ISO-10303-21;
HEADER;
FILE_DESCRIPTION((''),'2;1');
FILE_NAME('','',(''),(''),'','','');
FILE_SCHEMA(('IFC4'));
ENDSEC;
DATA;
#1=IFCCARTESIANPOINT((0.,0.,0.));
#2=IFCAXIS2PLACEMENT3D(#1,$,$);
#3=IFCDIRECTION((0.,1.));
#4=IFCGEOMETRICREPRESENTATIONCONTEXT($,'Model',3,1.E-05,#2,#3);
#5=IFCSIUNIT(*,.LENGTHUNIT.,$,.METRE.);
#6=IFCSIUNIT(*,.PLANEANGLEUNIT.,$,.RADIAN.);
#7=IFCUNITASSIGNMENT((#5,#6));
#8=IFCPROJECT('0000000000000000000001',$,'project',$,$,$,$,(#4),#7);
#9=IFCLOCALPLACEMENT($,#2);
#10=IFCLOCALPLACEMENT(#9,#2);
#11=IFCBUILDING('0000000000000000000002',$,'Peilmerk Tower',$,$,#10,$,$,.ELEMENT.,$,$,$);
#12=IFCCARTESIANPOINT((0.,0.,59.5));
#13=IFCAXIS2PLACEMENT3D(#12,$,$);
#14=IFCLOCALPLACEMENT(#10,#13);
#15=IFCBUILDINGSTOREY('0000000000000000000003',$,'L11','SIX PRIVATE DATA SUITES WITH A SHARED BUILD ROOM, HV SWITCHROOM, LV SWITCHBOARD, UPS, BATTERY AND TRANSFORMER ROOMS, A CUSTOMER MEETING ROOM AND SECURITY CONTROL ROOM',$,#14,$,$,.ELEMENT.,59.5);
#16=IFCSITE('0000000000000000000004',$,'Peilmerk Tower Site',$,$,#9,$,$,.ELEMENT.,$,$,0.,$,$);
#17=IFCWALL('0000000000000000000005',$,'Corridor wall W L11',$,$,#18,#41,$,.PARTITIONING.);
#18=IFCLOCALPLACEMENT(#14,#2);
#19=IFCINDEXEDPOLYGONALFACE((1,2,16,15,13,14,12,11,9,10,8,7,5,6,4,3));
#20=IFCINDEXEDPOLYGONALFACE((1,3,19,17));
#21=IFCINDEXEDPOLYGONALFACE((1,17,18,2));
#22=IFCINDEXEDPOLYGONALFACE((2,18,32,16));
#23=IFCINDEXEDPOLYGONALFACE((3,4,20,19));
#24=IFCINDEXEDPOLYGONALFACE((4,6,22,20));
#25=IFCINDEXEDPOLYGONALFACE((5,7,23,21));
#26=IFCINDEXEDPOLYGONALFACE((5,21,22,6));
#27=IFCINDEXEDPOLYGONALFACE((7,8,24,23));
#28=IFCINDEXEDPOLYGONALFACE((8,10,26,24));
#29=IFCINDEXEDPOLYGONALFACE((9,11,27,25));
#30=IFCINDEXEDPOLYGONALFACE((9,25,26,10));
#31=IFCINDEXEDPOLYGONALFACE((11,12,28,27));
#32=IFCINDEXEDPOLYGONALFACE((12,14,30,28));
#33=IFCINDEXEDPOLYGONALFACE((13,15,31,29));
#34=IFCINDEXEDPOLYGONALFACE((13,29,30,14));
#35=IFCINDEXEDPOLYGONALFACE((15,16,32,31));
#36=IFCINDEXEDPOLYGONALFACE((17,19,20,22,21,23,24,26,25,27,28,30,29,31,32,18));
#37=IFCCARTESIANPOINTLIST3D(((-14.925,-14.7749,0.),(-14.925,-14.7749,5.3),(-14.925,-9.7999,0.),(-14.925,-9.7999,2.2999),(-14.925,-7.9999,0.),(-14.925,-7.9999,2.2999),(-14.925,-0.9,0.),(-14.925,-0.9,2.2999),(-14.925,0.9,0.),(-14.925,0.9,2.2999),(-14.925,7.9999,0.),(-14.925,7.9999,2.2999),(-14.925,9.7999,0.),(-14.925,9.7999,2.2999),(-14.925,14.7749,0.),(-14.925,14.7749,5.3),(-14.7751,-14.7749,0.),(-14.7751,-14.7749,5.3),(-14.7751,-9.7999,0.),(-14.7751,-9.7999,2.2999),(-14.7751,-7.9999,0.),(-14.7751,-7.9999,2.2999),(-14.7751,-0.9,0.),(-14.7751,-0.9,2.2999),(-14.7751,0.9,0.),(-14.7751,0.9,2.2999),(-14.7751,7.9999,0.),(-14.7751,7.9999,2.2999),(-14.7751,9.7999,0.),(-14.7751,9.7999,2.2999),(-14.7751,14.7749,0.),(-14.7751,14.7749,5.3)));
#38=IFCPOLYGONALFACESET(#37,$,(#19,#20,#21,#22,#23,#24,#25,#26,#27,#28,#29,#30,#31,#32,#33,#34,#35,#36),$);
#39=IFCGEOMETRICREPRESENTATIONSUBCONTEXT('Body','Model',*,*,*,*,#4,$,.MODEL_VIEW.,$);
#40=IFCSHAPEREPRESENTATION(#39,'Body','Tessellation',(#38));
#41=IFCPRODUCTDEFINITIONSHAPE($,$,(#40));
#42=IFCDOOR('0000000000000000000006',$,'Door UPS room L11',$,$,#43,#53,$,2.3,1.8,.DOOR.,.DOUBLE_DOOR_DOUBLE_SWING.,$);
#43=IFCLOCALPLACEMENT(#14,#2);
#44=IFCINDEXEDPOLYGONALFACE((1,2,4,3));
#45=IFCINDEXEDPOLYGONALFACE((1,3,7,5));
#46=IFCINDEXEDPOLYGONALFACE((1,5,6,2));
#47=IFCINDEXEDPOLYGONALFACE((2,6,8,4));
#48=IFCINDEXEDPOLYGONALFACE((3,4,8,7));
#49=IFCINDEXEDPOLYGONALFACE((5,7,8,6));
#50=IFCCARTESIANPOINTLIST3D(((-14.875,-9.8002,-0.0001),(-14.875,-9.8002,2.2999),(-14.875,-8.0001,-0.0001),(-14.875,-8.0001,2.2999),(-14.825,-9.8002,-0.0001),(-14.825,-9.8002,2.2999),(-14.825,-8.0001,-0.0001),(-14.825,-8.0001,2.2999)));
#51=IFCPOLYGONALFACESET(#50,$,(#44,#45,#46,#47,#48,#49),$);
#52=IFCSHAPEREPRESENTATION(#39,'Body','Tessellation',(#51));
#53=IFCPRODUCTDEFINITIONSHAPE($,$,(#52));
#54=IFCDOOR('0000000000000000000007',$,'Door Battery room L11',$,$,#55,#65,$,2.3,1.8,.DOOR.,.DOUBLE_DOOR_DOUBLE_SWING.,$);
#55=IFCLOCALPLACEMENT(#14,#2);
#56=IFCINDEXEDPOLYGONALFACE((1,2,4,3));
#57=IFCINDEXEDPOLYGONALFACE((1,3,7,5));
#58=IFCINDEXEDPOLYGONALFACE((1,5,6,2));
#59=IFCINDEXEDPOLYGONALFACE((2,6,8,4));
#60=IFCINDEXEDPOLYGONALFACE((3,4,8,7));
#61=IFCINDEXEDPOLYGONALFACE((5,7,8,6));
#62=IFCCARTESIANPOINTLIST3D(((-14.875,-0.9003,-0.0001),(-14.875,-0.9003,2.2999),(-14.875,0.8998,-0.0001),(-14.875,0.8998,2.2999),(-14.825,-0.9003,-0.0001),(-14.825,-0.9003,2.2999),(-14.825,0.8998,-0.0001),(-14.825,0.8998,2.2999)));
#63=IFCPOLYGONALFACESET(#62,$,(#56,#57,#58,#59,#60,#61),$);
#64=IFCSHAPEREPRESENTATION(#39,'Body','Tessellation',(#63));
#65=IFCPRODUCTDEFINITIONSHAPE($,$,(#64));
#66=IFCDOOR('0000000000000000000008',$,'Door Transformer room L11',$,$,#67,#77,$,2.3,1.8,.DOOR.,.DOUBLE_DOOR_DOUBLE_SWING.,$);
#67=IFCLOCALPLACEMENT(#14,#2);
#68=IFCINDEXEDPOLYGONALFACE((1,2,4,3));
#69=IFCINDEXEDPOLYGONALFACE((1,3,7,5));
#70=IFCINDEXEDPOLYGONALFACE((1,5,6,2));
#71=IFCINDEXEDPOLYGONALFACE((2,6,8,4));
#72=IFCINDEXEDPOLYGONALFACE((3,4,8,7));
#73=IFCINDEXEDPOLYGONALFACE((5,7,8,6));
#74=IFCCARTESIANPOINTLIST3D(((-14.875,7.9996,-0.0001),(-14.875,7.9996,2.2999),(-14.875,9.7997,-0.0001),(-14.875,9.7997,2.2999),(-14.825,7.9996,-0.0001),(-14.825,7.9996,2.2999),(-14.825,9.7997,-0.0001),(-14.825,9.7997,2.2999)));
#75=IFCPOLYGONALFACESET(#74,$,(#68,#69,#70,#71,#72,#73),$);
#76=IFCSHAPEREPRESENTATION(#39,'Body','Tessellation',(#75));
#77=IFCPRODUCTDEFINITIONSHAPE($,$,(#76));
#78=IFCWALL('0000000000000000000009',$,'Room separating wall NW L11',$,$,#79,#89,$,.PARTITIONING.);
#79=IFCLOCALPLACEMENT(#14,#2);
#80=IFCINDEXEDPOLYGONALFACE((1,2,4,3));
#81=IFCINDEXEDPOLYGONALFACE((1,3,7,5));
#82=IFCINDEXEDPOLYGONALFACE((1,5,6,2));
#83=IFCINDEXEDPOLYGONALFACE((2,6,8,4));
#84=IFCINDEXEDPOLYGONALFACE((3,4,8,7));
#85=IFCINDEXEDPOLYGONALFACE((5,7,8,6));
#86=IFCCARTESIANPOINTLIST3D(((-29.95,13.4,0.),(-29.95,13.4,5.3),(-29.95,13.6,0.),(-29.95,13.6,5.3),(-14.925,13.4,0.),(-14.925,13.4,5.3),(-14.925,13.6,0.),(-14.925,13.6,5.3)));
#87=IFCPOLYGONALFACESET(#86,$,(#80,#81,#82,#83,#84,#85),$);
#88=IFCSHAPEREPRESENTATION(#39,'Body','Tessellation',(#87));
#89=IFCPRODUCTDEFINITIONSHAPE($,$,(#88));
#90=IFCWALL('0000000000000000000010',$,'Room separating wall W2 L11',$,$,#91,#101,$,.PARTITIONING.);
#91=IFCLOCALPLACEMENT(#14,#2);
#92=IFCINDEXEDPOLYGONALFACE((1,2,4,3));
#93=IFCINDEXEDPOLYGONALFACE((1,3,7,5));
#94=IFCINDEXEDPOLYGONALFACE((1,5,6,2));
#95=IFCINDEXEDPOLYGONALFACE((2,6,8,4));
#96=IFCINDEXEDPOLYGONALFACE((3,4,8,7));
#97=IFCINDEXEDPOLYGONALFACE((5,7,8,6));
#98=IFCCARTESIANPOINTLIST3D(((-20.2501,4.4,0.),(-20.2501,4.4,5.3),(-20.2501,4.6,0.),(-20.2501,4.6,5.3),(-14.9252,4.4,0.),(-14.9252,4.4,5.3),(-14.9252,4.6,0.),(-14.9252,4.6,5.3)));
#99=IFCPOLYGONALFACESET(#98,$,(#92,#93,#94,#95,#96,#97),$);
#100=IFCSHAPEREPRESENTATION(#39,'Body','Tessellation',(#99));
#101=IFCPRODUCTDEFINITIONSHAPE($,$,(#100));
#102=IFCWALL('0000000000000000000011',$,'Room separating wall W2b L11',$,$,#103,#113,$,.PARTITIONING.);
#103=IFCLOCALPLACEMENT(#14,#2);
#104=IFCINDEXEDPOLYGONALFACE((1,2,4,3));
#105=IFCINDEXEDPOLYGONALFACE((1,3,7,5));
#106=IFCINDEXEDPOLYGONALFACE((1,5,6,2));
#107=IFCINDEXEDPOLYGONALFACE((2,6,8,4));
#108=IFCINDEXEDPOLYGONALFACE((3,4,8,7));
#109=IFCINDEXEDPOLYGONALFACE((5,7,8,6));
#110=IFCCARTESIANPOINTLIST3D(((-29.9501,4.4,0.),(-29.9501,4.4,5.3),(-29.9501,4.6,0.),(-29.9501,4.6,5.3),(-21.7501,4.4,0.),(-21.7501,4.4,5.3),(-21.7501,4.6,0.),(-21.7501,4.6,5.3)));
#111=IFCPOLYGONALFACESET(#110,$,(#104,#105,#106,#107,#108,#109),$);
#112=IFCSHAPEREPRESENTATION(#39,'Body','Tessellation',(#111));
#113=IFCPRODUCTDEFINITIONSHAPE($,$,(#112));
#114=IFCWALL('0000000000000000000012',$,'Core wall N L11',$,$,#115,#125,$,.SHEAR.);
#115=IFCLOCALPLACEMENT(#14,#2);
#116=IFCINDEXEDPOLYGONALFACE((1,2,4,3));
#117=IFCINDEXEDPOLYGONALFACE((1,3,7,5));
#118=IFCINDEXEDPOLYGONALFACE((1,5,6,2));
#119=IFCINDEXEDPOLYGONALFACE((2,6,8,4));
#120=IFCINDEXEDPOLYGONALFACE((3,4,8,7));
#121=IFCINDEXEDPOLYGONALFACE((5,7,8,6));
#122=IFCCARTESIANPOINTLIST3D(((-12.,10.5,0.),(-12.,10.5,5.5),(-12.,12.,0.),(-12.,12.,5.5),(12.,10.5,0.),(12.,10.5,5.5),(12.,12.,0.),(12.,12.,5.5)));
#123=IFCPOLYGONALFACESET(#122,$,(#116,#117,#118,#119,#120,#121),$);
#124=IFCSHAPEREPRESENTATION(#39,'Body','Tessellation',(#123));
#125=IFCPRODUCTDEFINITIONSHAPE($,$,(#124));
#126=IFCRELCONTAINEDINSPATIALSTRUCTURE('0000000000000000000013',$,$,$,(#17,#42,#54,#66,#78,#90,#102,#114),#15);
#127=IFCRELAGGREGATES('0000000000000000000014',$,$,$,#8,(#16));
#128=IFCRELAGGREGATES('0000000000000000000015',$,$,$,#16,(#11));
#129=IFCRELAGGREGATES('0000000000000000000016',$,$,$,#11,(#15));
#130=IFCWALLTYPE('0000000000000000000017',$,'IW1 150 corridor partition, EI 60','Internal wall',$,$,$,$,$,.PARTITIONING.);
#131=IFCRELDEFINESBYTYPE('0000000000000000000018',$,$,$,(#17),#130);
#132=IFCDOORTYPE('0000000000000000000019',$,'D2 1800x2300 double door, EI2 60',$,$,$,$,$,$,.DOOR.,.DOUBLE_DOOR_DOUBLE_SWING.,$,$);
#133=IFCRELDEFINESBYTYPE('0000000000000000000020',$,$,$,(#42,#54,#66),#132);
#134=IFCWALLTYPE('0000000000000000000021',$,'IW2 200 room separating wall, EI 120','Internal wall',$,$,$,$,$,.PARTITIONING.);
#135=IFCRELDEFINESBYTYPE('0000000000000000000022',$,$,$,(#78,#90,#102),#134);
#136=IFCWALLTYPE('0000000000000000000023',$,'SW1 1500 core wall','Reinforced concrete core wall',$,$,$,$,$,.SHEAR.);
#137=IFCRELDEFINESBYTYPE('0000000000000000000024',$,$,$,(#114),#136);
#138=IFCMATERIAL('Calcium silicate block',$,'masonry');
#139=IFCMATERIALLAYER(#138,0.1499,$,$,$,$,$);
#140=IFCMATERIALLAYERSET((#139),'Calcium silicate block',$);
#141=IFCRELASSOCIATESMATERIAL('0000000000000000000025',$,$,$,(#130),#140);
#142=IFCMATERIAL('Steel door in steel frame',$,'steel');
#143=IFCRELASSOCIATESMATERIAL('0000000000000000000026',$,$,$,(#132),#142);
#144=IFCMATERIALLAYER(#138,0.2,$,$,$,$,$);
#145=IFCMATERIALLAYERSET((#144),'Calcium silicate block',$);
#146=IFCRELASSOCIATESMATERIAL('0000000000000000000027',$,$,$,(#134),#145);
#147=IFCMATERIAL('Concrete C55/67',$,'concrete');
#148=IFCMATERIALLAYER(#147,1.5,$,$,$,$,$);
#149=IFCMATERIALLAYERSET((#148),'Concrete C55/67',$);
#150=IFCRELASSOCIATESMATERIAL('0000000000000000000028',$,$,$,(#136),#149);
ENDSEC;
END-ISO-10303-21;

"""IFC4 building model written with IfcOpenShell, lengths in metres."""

from ifc_helpers import new_model, si_unit, direction, frame, frame_2d, origin, place, context, subcontext, project, spatial, rectangle, extrude, material, layer, layer_set, type_object, element, fill, save


model = new_model("IFC4")

# Units and contexts
model_context = context("Model", 3, precision=1e-05, world=origin(), true_north=direction((0.0, 1.0)))
body_context = subcontext(model_context, "Body", "Model", "MODEL_VIEW")
ifc_project = project(units=[si_unit("LENGTHUNIT", "METRE"), si_unit("PLANEANGLEUNIT", "RADIAN")], contexts=[model_context])

# Site, building, storey
site_placement = place(None, origin())
site = spatial("IfcSite", under=ifc_project, at=site_placement, Name="Peilmerk Tower Site", CompositionType="ELEMENT", RefElevation=0.0)
building_placement = place(site_placement, origin())
building = spatial("IfcBuilding", under=site, at=building_placement, Name="Peilmerk Tower", CompositionType="ELEMENT")
storey_placement = place(building_placement, frame((0.0, 0.0, 59.5)))
storey = spatial("IfcBuildingStorey", under=building, at=storey_placement, Name="L11", Description="SIX PRIVATE DATA SUITES WITH A SHARED BUILD ROOM, HV SWITCHROOM, LV SWITCHBOARD, UPS, BATTERY AND TRANSFORMER ROOMS, A CUSTOMER MEETING ROOM AND SECURITY CONTROL ROOM", CompositionType="ELEMENT", Elevation=59.5)

# Wall, openings, doors
ifc_material_1 = material(Name="Calcium silicate block", Category="masonry")
ifc_layer_1 = layer(ifc_material_1, 0.1499)
ifc_layer_set_1 = layer_set([ifc_layer_1], Name="Calcium silicate block")
wall_type_1 = type_object("IfcWallType", Name="IW1 150 corridor partition, EI 60", Description="Internal wall", PredefinedType="PARTITIONING", material=ifc_layer_set_1)
ifc_material_2 = material(Name="Steel door in steel frame", Category="steel")
door_type_1 = type_object("IfcDoorType", Name="D2 1800x2300 double door, EI2 60", OperationType="DOUBLE_DOOR_DOUBLE_SWING", PredefinedType="DOOR", material=ifc_material_2)
wall_1_placement = place(storey_placement, frame((-14.8501, 14.7749, 0.0), z_axis=(0.0, 0.0, 1.0), x_axis=(0.0, -1.0, 0.0)))
wall_1 = element("IfcWall", 1, at=wall_1_placement, inside=storey, type_object=wall_type_1, Name="Corridor wall W L11", PredefinedType="PARTITIONING", context=body_context, shape_type="SweptSolid", body=[
    extrude(rectangle(XDim=29.5498, YDim=0.1499, at=frame_2d((14.7749, 0.0))), origin(), (0.0, 0.0, 1.0), 5.3),
])
opening_1_placement = place(wall_1_placement, frame((22.7749, 0.0, 0.0)))
opening_1 = element("IfcOpeningElement", 2, at=opening_1_placement, cuts=wall_1, PredefinedType="OPENING", context=body_context, shape_type="SweptSolid", body=[
    extrude(rectangle(XDim=1.8, YDim=2.3, at=frame_2d((0.8999, 1.1499))), frame((0.0, 0.085, 0.0), z_axis=(0.0, -1.0, 0.0), x_axis=(1.0, 0.0, 0.0)), (0.0, 0.0, 1.0), 0.1699),
])
opening_2_placement = place(wall_1_placement, frame((13.875, 0.0, 0.0)))
opening_2 = element("IfcOpeningElement", 3, at=opening_2_placement, cuts=wall_1, PredefinedType="OPENING", context=body_context, shape_type="SweptSolid", body=[
    extrude(rectangle(XDim=1.8, YDim=2.3, at=frame_2d((0.8999, 1.1499))), frame((0.0, 0.085, 0.0), z_axis=(0.0, -1.0, 0.0), x_axis=(1.0, 0.0, 0.0)), (0.0, 0.0, 1.0), 0.1699),
])
opening_3_placement = place(wall_1_placement, frame((4.9751, 0.0, 0.0)))
opening_3 = element("IfcOpeningElement", 4, at=opening_3_placement, cuts=wall_1, PredefinedType="OPENING", context=body_context, shape_type="SweptSolid", body=[
    extrude(rectangle(XDim=1.8, YDim=2.3, at=frame_2d((0.8999, 1.1499))), frame((0.0, 0.085, 0.0), z_axis=(0.0, -1.0, 0.0), x_axis=(1.0, 0.0, 0.0)), (0.0, 0.0, 1.0), 0.1699),
])
door_1_placement = place(opening_1_placement, frame((1.8, 0.0, 0.0), z_axis=(0.0, 0.0, 1.0), x_axis=(-1.0, 0.0, 0.0)))
door_1 = element("IfcDoor", 5, at=door_1_placement, inside=storey, type_object=door_type_1, Name="Door UPS room L11", OperationType="DOUBLE_DOOR_DOUBLE_SWING", OverallHeight=2.3, OverallWidth=1.8, PredefinedType="DOOR", context=body_context, shape_type="SweptSolid", body=[
    extrude(rectangle(XDim=1.8, YDim=2.3, at=frame_2d((0.8999, 1.1499))), frame((0.0, 0.0249, 0.0), z_axis=(0.0, -1.0, 0.0), x_axis=(1.0, 0.0, 0.0)), (0.0, 0.0, 1.0), 0.05),
])
fill(opening_1, door_1)
door_2_placement = place(opening_2_placement, frame((1.8, 0.0, 0.0), z_axis=(0.0, 0.0, 1.0), x_axis=(-1.0, 0.0, 0.0)))
door_2 = element("IfcDoor", 6, at=door_2_placement, inside=storey, type_object=door_type_1, Name="Door Battery room L11", OperationType="DOUBLE_DOOR_DOUBLE_SWING", OverallHeight=2.3, OverallWidth=1.8, PredefinedType="DOOR", context=body_context, shape_type="SweptSolid", body=[
    extrude(rectangle(XDim=1.8, YDim=2.3, at=frame_2d((0.8999, 1.1499))), frame((0.0, 0.0249, 0.0), z_axis=(0.0, -1.0, 0.0), x_axis=(1.0, 0.0, 0.0)), (0.0, 0.0, 1.0), 0.05),
])
fill(opening_2, door_2)
door_3_placement = place(opening_3_placement, frame((1.8, 0.0, 0.0), z_axis=(0.0, 0.0, 1.0), x_axis=(-1.0, 0.0, 0.0)))
door_3 = element("IfcDoor", 7, at=door_3_placement, inside=storey, type_object=door_type_1, Name="Door Transformer room L11", OperationType="DOUBLE_DOOR_DOUBLE_SWING", OverallHeight=2.3, OverallWidth=1.8, PredefinedType="DOOR", context=body_context, shape_type="SweptSolid", body=[
    extrude(rectangle(XDim=1.8, YDim=2.3, at=frame_2d((0.8999, 1.1499))), frame((0.0, 0.0249, 0.0), z_axis=(0.0, -1.0, 0.0), x_axis=(1.0, 0.0, 0.0)), (0.0, 0.0, 1.0), 0.05),
])
fill(opening_3, door_3)

# Walls
ifc_layer_2 = layer(ifc_material_1, 0.2)
ifc_layer_set_2 = layer_set([ifc_layer_2], Name="Calcium silicate block")
wall_type_2 = type_object("IfcWallType", Name="IW2 200 room separating wall, EI 120", Description="Internal wall", PredefinedType="PARTITIONING", material=ifc_layer_set_2)
wall_2_placement = place(storey_placement, frame((-29.95, 13.5, 0.0), z_axis=(0.0, 0.0, 1.0), x_axis=(1.0, 0.0, 0.0)))
element("IfcWall", 8, at=wall_2_placement, inside=storey, type_object=wall_type_2, Name="Room separating wall NW L11", PredefinedType="PARTITIONING", context=body_context, shape_type="SweptSolid", body=[
    extrude(rectangle(XDim=15.0249, YDim=0.2, at=frame_2d((7.5125, 0.0))), origin(), (0.0, 0.0, 1.0), 5.3),
])
wall_3_placement = place(storey_placement, frame((-14.925, 4.5, 0.0), z_axis=(0.0, 0.0, 1.0), x_axis=(-1.0, 0.0, 0.0)))
element("IfcWall", 9, at=wall_3_placement, inside=storey, type_object=wall_type_2, Name="Room separating wall W2 L11", PredefinedType="PARTITIONING", context=body_context, shape_type="SweptSolid", body=[
    extrude(rectangle(XDim=5.325, YDim=0.2, at=frame_2d((2.6626, 0.0))), origin(), (0.0, 0.0, 1.0), 5.3),
])
wall_4_placement = place(storey_placement, frame((-21.75, 4.5, 0.0), z_axis=(0.0, 0.0, 1.0), x_axis=(-1.0, 0.0, 0.0)))
element("IfcWall", 10, at=wall_4_placement, inside=storey, type_object=wall_type_2, Name="Room separating wall W2b L11", PredefinedType="PARTITIONING", context=body_context, shape_type="SweptSolid", body=[
    extrude(rectangle(XDim=8.2, YDim=0.2, at=frame_2d((4.1001, 0.0))), origin(), (0.0, 0.0, 1.0), 5.3),
])
ifc_material_3 = material(Name="Concrete C55/67", Category="concrete")
ifc_layer_3 = layer(ifc_material_3, 1.5)
ifc_layer_set_3 = layer_set([ifc_layer_3], Name="Concrete C55/67")
wall_type_3 = type_object("IfcWallType", Name="SW1 1500 core wall", Description="Reinforced concrete core wall", PredefinedType="SHEAR", material=ifc_layer_set_3)
wall_5_placement = place(storey_placement, frame((-12.0, 11.25, 0.0), z_axis=(0.0, 0.0, 1.0), x_axis=(1.0, 0.0, 0.0)))
element("IfcWall", 11, at=wall_5_placement, inside=storey, type_object=wall_type_3, Name="Core wall N L11", PredefinedType="SHEAR", context=body_context, shape_type="SweptSolid", body=[
    extrude(rectangle(XDim=24.0, YDim=1.5, at=frame_2d((12.0, 0.0))), origin(), (0.0, 0.0, 1.0), 5.5),
])

save(model, "model.ifc")
